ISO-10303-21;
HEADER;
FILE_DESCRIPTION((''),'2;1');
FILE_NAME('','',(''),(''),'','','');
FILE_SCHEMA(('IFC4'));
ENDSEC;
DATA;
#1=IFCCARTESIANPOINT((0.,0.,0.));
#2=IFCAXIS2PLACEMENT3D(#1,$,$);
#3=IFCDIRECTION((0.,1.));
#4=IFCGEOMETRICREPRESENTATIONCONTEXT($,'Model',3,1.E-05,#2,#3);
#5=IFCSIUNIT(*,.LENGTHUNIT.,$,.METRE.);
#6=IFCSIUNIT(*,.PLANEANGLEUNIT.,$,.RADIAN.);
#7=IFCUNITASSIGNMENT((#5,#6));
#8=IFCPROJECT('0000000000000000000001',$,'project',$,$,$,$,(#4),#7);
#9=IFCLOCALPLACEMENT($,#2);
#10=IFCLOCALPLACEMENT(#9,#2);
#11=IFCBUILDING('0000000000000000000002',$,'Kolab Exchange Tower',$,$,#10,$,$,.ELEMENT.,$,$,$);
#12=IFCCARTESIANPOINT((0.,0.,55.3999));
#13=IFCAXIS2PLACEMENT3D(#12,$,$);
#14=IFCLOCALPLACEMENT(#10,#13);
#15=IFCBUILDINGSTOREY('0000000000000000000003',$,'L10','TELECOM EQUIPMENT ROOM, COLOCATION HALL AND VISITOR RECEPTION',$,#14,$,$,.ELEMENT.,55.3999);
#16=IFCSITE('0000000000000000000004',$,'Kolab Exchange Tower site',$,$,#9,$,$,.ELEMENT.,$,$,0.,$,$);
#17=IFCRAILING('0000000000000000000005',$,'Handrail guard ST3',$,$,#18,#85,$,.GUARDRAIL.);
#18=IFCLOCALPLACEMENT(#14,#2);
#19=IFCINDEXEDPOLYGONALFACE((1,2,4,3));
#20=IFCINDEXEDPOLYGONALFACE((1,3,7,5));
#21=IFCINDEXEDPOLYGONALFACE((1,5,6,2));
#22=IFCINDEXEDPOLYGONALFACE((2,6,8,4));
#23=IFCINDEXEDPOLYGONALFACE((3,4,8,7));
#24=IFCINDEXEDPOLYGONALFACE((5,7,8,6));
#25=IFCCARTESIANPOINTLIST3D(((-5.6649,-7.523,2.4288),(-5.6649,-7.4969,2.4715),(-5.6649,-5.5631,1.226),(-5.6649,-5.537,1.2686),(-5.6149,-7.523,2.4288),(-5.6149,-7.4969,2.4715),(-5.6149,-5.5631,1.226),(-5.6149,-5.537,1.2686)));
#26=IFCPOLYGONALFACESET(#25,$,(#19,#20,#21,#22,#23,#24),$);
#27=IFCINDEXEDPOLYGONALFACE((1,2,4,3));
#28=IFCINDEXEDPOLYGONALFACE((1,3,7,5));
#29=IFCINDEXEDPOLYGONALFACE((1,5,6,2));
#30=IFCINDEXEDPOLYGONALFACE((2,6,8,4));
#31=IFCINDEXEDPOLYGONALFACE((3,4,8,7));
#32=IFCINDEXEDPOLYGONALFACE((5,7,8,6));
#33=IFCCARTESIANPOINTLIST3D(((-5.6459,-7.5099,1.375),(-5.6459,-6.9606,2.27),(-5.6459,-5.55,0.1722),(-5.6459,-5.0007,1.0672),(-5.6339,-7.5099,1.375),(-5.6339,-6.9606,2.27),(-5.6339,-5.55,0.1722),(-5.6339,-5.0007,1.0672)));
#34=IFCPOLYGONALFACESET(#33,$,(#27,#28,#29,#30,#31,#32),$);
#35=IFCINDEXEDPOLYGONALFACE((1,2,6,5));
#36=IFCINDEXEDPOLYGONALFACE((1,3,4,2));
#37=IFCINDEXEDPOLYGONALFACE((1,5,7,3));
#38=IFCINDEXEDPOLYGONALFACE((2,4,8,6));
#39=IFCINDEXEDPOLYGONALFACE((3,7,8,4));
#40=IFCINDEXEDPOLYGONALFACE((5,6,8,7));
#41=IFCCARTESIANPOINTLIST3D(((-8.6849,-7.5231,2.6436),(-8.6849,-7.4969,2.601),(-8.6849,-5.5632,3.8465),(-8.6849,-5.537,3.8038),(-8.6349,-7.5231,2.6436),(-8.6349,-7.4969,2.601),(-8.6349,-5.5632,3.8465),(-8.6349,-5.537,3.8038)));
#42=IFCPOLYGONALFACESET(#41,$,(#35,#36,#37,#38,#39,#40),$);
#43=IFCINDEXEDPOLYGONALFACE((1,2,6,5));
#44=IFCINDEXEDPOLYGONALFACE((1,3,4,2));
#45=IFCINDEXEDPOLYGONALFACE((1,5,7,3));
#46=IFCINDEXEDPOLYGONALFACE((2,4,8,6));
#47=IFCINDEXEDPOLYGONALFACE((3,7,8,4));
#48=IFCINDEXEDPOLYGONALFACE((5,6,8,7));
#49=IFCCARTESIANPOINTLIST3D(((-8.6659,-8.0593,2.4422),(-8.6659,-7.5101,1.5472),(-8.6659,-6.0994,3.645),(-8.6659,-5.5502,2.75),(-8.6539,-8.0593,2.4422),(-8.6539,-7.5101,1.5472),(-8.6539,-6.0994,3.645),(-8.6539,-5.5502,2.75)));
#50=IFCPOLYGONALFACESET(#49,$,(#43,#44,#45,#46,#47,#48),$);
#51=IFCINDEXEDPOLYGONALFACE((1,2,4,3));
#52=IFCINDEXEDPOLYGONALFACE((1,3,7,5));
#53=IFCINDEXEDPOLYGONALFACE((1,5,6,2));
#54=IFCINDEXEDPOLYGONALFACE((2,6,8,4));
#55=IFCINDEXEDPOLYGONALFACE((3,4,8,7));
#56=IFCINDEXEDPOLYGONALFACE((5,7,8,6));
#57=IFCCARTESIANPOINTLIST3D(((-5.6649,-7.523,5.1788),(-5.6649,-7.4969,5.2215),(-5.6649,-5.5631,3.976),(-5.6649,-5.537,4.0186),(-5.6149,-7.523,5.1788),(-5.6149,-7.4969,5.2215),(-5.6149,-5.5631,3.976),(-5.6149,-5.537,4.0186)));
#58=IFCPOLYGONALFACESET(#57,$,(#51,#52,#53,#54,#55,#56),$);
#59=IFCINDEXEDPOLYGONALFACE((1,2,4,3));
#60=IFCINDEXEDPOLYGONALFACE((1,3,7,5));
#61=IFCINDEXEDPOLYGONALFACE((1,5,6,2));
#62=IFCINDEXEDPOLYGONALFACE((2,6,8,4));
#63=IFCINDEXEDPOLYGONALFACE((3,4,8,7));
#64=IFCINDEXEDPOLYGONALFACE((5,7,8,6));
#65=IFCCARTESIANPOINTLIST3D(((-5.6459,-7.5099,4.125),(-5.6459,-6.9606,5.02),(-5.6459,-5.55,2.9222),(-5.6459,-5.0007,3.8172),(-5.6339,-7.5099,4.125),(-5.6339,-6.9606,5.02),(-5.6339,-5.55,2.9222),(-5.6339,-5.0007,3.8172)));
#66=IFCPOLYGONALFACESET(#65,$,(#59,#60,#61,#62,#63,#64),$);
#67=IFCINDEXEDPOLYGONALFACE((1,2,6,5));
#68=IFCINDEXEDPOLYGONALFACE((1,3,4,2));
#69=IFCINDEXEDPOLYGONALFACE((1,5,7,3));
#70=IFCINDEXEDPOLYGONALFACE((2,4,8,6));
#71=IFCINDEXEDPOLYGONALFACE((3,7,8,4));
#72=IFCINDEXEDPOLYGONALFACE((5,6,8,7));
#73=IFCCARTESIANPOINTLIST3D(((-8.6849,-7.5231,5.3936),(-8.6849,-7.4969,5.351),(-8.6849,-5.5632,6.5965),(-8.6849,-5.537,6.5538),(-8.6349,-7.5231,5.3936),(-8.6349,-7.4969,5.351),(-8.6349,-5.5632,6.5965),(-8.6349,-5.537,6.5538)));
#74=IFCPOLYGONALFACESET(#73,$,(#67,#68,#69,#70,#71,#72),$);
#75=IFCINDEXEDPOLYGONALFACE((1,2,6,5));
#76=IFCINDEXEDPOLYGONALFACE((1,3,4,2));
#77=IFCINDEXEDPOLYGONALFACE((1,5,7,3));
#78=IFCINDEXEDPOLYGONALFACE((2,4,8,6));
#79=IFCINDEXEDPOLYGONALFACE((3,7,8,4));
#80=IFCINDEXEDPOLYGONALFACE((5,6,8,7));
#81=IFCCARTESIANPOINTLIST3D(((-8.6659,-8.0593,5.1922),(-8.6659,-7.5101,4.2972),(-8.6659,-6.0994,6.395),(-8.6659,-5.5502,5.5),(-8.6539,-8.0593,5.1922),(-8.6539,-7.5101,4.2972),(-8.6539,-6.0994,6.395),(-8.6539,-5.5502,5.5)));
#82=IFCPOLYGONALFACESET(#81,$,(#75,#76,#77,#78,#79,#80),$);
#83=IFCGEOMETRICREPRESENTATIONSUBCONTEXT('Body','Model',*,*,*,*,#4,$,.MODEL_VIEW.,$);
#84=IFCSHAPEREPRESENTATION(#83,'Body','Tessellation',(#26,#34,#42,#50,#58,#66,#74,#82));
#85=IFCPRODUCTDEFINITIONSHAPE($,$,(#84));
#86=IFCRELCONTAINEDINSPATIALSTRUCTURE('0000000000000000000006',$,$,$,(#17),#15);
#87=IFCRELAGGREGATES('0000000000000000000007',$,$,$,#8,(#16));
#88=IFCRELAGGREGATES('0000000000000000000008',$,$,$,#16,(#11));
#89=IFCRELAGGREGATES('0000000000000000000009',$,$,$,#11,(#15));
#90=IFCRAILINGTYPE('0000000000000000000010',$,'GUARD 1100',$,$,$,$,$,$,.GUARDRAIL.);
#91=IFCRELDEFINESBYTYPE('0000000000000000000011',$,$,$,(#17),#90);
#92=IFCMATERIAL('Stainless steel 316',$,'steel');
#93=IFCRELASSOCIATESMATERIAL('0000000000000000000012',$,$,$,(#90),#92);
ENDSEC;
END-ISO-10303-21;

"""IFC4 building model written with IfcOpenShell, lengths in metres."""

from ifc_helpers import new_model, si_unit, direction, frame, frame_2d, origin, origin_2d, place, context, subcontext, project, spatial, rectangle, extrude, material, type_object, element, save


model = new_model("IFC4")

# Units and contexts
model_context = context("Model", 3, precision=1e-05, world=origin(), true_north=direction((0.0, 1.0)))
body_context = subcontext(model_context, "Body", "Model", "MODEL_VIEW")
ifc_project = project(units=[si_unit("LENGTHUNIT", "METRE"), si_unit("PLANEANGLEUNIT", "RADIAN")], contexts=[model_context])

# Site, building, storey
site_placement = place(None, origin())
site = spatial("IfcSite", under=ifc_project, at=site_placement, Name="Kolab Exchange Tower site", CompositionType="ELEMENT", RefElevation=0.0)
building_placement = place(site_placement, origin())
building = spatial("IfcBuilding", under=site, at=building_placement, Name="Kolab Exchange Tower", CompositionType="ELEMENT")
storey_placement = place(building_placement, frame((0.0, 0.0, 55.3999)))
storey = spatial("IfcBuildingStorey", under=building, at=storey_placement, Name="L10", Description="TELECOM EQUIPMENT ROOM, COLOCATION HALL AND VISITOR RECEPTION", CompositionType="ELEMENT", Elevation=55.3999)

# Shared definitions
ifc_material_1 = material(Name="Stainless steel 316", Category="steel")

# Railing
railing_type = type_object("IfcRailingType", Name="GUARD 1100", PredefinedType="GUARDRAIL", material=ifc_material_1)
railing_placement = place(storey_placement, frame((-5.6399, -5.55, 0.1721)))
element("IfcRailing", 1, at=railing_placement, inside=storey, type_object=railing_type, Name="Handrail guard ST3", PredefinedType="GUARDRAIL", context=body_context, shape_type="SweptSolid", body=[
    extrude(rectangle(XDim=0.05, YDim=0.05, at=origin_2d()), frame((0.0, 0.0, 1.0752), z_axis=(0.0, -0.852288, 0.523072), x_axis=(1.0, 0.0, 0.0)), (0.0, 0.0, 1.0), 2.2996),
    extrude(rectangle(XDim=0.012, YDim=1.0501, at=frame_2d((0.0, 0.5251))), frame((0.0, 0.0, 0.0), z_axis=(0.0, -0.852288, 0.523072), x_axis=(1.0, 0.0, 0.0)), (0.0, 0.0, 1.0), 2.2996),
    extrude(rectangle(XDim=0.05, YDim=0.05, at=origin_2d()), frame((-3.02, -1.96, 2.4502), z_axis=(0.0, 0.852288, 0.523072), x_axis=(-1.0, 0.0, 0.0)), (0.0, 0.0, 1.0), 2.2996),
    extrude(rectangle(XDim=0.012, YDim=1.0501, at=frame_2d((0.0, 0.5251))), frame((-3.02, -1.96, 1.375), z_axis=(0.0, 0.852288, 0.523072), x_axis=(-1.0, 0.0, 0.0)), (0.0, 0.0, 1.0), 2.2996),
    extrude(rectangle(XDim=0.05, YDim=0.05, at=origin_2d()), frame((0.0, 0.0, 3.8252), z_axis=(0.0, -0.852288, 0.523072), x_axis=(1.0, 0.0, 0.0)), (0.0, 0.0, 1.0), 2.2996),
    extrude(rectangle(XDim=0.012, YDim=1.0501, at=frame_2d((0.0, 0.5251))), frame((0.0, 0.0, 2.75), z_axis=(0.0, -0.852288, 0.523072), x_axis=(1.0, 0.0, 0.0)), (0.0, 0.0, 1.0), 2.2996),
    extrude(rectangle(XDim=0.05, YDim=0.05, at=origin_2d()), frame((-3.02, -1.96, 5.2002), z_axis=(0.0, 0.852288, 0.523072), x_axis=(-1.0, 0.0, 0.0)), (0.0, 0.0, 1.0), 2.2996),
    extrude(rectangle(XDim=0.012, YDim=1.0501, at=frame_2d((0.0, 0.5251))), frame((-3.02, -1.96, 4.125), z_axis=(0.0, 0.852288, 0.523072), x_axis=(-1.0, 0.0, 0.0)), (0.0, 0.0, 1.0), 2.2996),
])

save(model, "model.ifc")
